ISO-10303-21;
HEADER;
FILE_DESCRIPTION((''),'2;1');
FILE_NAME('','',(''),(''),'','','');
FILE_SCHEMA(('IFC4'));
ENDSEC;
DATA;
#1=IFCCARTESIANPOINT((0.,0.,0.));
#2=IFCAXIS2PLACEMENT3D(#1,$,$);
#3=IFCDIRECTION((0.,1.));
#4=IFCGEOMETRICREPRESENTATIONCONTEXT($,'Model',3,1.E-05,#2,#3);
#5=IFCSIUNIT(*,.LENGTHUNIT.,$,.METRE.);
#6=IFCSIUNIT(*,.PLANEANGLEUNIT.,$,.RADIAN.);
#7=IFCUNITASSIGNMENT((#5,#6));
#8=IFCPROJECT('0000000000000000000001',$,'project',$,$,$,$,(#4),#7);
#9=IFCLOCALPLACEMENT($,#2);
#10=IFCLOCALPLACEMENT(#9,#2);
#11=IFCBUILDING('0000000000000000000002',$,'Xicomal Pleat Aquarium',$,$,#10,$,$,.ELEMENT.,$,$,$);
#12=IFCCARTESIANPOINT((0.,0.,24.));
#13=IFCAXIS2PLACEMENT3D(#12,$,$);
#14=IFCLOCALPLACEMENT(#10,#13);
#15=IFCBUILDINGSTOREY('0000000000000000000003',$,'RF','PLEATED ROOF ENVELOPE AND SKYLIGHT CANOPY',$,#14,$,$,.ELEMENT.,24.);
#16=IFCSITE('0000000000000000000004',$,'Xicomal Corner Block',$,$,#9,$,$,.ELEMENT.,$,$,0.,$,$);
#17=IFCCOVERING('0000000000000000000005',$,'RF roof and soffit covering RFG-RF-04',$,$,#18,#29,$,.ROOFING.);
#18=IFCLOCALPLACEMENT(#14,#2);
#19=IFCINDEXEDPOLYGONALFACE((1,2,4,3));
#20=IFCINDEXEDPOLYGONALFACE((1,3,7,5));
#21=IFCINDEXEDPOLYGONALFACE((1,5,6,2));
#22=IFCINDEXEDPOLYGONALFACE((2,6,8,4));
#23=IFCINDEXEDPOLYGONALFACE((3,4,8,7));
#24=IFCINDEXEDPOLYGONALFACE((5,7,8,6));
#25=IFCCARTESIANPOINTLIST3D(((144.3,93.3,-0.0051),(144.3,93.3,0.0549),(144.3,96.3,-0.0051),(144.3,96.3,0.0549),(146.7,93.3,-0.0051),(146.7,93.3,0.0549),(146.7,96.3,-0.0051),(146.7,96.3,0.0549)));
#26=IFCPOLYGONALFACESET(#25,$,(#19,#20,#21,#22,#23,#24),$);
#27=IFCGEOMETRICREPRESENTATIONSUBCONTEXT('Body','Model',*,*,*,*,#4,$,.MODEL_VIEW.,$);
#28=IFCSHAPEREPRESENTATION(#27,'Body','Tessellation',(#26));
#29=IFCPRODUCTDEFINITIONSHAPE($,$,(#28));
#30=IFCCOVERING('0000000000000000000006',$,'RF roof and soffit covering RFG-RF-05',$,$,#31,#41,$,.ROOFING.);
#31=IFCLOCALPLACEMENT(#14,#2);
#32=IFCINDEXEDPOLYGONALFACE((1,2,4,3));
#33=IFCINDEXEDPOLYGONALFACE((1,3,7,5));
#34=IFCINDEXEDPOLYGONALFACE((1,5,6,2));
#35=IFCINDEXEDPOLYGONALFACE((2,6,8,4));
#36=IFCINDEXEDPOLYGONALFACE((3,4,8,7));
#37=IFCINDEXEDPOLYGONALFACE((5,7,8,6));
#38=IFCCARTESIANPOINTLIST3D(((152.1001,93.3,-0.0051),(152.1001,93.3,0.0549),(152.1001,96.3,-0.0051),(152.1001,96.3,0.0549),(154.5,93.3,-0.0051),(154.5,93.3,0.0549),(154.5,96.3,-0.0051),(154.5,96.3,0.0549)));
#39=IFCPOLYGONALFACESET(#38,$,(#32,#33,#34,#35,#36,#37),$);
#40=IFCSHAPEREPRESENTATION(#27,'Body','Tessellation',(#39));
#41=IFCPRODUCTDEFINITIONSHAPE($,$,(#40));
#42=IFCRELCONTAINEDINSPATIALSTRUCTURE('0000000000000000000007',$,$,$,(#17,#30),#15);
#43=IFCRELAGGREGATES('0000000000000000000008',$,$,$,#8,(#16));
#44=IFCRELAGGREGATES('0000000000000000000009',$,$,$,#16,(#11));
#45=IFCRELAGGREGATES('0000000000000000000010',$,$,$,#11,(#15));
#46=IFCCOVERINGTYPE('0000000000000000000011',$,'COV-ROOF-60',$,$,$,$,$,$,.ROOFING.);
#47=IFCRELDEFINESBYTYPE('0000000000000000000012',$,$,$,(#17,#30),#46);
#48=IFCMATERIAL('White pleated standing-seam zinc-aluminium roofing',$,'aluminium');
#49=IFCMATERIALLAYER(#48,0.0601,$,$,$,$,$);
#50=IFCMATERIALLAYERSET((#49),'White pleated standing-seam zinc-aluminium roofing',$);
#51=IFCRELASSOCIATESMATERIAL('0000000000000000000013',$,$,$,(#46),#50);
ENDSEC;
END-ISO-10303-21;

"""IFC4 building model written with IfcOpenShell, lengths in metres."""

from ifc_helpers import new_model, si_unit, direction, frame, origin, origin_2d, place, context, subcontext, project, spatial, rectangle, extrude, material, layer, layer_set, type_object, element, save


model = new_model("IFC4")

# Units and contexts
model_context = context("Model", 3, precision=1e-05, world=origin(), true_north=direction((0.0, 1.0)))
body_context = subcontext(model_context, "Body", "Model", "MODEL_VIEW")
ifc_project = project(units=[si_unit("LENGTHUNIT", "METRE"), si_unit("PLANEANGLEUNIT", "RADIAN")], contexts=[model_context])

# Site, building, storey
site_placement = place(None, origin())
site = spatial("IfcSite", under=ifc_project, at=site_placement, Name="Xicomal Corner Block", CompositionType="ELEMENT", RefElevation=0.0)
building_placement = place(site_placement, origin())
building = spatial("IfcBuilding", under=site, at=building_placement, Name="Xicomal Pleat Aquarium", CompositionType="ELEMENT")
storey_placement = place(building_placement, frame((0.0, 0.0, 24.0)))
storey = spatial("IfcBuildingStorey", under=building, at=storey_placement, Name="RF", Description="PLEATED ROOF ENVELOPE AND SKYLIGHT CANOPY", CompositionType="ELEMENT", Elevation=24.0)

# Coverings
ifc_material_1 = material(Name="White pleated standing-seam zinc-aluminium roofing", Category="aluminium")
ifc_layer_1 = layer(ifc_material_1, 0.0601)
ifc_layer_set_1 = layer_set([ifc_layer_1], Name="White pleated standing-seam zinc-aluminium roofing")
covering_type_1 = type_object("IfcCoveringType", Name="COV-ROOF-60", PredefinedType="ROOFING", material=ifc_layer_set_1)
for number, where, z_axis, x_axis, name in (
    (1, (145.5, 94.8, -0.0051), (0.0, 0.0, 1.0), (1.0, 0.0, 0.0), "RF roof and soffit covering RFG-RF-04"),
    (2, (153.3, 94.8, -0.0051), (0.0, 0.0, 1.0), (1.0, 0.0, 0.0), "RF roof and soffit covering RFG-RF-05"),
):
    element("IfcCovering", number, at=place(storey_placement, frame(where, z_axis=z_axis, x_axis=x_axis)), inside=storey, type_object=covering_type_1, Name=name, PredefinedType="ROOFING", context=body_context, shape_type="SweptSolid", body=[
        extrude(rectangle(XDim=2.3999, YDim=3.0, at=origin_2d()), origin(), (0.0, 0.0, 1.0), 0.0601),
    ])

save(model, "model.ifc")
